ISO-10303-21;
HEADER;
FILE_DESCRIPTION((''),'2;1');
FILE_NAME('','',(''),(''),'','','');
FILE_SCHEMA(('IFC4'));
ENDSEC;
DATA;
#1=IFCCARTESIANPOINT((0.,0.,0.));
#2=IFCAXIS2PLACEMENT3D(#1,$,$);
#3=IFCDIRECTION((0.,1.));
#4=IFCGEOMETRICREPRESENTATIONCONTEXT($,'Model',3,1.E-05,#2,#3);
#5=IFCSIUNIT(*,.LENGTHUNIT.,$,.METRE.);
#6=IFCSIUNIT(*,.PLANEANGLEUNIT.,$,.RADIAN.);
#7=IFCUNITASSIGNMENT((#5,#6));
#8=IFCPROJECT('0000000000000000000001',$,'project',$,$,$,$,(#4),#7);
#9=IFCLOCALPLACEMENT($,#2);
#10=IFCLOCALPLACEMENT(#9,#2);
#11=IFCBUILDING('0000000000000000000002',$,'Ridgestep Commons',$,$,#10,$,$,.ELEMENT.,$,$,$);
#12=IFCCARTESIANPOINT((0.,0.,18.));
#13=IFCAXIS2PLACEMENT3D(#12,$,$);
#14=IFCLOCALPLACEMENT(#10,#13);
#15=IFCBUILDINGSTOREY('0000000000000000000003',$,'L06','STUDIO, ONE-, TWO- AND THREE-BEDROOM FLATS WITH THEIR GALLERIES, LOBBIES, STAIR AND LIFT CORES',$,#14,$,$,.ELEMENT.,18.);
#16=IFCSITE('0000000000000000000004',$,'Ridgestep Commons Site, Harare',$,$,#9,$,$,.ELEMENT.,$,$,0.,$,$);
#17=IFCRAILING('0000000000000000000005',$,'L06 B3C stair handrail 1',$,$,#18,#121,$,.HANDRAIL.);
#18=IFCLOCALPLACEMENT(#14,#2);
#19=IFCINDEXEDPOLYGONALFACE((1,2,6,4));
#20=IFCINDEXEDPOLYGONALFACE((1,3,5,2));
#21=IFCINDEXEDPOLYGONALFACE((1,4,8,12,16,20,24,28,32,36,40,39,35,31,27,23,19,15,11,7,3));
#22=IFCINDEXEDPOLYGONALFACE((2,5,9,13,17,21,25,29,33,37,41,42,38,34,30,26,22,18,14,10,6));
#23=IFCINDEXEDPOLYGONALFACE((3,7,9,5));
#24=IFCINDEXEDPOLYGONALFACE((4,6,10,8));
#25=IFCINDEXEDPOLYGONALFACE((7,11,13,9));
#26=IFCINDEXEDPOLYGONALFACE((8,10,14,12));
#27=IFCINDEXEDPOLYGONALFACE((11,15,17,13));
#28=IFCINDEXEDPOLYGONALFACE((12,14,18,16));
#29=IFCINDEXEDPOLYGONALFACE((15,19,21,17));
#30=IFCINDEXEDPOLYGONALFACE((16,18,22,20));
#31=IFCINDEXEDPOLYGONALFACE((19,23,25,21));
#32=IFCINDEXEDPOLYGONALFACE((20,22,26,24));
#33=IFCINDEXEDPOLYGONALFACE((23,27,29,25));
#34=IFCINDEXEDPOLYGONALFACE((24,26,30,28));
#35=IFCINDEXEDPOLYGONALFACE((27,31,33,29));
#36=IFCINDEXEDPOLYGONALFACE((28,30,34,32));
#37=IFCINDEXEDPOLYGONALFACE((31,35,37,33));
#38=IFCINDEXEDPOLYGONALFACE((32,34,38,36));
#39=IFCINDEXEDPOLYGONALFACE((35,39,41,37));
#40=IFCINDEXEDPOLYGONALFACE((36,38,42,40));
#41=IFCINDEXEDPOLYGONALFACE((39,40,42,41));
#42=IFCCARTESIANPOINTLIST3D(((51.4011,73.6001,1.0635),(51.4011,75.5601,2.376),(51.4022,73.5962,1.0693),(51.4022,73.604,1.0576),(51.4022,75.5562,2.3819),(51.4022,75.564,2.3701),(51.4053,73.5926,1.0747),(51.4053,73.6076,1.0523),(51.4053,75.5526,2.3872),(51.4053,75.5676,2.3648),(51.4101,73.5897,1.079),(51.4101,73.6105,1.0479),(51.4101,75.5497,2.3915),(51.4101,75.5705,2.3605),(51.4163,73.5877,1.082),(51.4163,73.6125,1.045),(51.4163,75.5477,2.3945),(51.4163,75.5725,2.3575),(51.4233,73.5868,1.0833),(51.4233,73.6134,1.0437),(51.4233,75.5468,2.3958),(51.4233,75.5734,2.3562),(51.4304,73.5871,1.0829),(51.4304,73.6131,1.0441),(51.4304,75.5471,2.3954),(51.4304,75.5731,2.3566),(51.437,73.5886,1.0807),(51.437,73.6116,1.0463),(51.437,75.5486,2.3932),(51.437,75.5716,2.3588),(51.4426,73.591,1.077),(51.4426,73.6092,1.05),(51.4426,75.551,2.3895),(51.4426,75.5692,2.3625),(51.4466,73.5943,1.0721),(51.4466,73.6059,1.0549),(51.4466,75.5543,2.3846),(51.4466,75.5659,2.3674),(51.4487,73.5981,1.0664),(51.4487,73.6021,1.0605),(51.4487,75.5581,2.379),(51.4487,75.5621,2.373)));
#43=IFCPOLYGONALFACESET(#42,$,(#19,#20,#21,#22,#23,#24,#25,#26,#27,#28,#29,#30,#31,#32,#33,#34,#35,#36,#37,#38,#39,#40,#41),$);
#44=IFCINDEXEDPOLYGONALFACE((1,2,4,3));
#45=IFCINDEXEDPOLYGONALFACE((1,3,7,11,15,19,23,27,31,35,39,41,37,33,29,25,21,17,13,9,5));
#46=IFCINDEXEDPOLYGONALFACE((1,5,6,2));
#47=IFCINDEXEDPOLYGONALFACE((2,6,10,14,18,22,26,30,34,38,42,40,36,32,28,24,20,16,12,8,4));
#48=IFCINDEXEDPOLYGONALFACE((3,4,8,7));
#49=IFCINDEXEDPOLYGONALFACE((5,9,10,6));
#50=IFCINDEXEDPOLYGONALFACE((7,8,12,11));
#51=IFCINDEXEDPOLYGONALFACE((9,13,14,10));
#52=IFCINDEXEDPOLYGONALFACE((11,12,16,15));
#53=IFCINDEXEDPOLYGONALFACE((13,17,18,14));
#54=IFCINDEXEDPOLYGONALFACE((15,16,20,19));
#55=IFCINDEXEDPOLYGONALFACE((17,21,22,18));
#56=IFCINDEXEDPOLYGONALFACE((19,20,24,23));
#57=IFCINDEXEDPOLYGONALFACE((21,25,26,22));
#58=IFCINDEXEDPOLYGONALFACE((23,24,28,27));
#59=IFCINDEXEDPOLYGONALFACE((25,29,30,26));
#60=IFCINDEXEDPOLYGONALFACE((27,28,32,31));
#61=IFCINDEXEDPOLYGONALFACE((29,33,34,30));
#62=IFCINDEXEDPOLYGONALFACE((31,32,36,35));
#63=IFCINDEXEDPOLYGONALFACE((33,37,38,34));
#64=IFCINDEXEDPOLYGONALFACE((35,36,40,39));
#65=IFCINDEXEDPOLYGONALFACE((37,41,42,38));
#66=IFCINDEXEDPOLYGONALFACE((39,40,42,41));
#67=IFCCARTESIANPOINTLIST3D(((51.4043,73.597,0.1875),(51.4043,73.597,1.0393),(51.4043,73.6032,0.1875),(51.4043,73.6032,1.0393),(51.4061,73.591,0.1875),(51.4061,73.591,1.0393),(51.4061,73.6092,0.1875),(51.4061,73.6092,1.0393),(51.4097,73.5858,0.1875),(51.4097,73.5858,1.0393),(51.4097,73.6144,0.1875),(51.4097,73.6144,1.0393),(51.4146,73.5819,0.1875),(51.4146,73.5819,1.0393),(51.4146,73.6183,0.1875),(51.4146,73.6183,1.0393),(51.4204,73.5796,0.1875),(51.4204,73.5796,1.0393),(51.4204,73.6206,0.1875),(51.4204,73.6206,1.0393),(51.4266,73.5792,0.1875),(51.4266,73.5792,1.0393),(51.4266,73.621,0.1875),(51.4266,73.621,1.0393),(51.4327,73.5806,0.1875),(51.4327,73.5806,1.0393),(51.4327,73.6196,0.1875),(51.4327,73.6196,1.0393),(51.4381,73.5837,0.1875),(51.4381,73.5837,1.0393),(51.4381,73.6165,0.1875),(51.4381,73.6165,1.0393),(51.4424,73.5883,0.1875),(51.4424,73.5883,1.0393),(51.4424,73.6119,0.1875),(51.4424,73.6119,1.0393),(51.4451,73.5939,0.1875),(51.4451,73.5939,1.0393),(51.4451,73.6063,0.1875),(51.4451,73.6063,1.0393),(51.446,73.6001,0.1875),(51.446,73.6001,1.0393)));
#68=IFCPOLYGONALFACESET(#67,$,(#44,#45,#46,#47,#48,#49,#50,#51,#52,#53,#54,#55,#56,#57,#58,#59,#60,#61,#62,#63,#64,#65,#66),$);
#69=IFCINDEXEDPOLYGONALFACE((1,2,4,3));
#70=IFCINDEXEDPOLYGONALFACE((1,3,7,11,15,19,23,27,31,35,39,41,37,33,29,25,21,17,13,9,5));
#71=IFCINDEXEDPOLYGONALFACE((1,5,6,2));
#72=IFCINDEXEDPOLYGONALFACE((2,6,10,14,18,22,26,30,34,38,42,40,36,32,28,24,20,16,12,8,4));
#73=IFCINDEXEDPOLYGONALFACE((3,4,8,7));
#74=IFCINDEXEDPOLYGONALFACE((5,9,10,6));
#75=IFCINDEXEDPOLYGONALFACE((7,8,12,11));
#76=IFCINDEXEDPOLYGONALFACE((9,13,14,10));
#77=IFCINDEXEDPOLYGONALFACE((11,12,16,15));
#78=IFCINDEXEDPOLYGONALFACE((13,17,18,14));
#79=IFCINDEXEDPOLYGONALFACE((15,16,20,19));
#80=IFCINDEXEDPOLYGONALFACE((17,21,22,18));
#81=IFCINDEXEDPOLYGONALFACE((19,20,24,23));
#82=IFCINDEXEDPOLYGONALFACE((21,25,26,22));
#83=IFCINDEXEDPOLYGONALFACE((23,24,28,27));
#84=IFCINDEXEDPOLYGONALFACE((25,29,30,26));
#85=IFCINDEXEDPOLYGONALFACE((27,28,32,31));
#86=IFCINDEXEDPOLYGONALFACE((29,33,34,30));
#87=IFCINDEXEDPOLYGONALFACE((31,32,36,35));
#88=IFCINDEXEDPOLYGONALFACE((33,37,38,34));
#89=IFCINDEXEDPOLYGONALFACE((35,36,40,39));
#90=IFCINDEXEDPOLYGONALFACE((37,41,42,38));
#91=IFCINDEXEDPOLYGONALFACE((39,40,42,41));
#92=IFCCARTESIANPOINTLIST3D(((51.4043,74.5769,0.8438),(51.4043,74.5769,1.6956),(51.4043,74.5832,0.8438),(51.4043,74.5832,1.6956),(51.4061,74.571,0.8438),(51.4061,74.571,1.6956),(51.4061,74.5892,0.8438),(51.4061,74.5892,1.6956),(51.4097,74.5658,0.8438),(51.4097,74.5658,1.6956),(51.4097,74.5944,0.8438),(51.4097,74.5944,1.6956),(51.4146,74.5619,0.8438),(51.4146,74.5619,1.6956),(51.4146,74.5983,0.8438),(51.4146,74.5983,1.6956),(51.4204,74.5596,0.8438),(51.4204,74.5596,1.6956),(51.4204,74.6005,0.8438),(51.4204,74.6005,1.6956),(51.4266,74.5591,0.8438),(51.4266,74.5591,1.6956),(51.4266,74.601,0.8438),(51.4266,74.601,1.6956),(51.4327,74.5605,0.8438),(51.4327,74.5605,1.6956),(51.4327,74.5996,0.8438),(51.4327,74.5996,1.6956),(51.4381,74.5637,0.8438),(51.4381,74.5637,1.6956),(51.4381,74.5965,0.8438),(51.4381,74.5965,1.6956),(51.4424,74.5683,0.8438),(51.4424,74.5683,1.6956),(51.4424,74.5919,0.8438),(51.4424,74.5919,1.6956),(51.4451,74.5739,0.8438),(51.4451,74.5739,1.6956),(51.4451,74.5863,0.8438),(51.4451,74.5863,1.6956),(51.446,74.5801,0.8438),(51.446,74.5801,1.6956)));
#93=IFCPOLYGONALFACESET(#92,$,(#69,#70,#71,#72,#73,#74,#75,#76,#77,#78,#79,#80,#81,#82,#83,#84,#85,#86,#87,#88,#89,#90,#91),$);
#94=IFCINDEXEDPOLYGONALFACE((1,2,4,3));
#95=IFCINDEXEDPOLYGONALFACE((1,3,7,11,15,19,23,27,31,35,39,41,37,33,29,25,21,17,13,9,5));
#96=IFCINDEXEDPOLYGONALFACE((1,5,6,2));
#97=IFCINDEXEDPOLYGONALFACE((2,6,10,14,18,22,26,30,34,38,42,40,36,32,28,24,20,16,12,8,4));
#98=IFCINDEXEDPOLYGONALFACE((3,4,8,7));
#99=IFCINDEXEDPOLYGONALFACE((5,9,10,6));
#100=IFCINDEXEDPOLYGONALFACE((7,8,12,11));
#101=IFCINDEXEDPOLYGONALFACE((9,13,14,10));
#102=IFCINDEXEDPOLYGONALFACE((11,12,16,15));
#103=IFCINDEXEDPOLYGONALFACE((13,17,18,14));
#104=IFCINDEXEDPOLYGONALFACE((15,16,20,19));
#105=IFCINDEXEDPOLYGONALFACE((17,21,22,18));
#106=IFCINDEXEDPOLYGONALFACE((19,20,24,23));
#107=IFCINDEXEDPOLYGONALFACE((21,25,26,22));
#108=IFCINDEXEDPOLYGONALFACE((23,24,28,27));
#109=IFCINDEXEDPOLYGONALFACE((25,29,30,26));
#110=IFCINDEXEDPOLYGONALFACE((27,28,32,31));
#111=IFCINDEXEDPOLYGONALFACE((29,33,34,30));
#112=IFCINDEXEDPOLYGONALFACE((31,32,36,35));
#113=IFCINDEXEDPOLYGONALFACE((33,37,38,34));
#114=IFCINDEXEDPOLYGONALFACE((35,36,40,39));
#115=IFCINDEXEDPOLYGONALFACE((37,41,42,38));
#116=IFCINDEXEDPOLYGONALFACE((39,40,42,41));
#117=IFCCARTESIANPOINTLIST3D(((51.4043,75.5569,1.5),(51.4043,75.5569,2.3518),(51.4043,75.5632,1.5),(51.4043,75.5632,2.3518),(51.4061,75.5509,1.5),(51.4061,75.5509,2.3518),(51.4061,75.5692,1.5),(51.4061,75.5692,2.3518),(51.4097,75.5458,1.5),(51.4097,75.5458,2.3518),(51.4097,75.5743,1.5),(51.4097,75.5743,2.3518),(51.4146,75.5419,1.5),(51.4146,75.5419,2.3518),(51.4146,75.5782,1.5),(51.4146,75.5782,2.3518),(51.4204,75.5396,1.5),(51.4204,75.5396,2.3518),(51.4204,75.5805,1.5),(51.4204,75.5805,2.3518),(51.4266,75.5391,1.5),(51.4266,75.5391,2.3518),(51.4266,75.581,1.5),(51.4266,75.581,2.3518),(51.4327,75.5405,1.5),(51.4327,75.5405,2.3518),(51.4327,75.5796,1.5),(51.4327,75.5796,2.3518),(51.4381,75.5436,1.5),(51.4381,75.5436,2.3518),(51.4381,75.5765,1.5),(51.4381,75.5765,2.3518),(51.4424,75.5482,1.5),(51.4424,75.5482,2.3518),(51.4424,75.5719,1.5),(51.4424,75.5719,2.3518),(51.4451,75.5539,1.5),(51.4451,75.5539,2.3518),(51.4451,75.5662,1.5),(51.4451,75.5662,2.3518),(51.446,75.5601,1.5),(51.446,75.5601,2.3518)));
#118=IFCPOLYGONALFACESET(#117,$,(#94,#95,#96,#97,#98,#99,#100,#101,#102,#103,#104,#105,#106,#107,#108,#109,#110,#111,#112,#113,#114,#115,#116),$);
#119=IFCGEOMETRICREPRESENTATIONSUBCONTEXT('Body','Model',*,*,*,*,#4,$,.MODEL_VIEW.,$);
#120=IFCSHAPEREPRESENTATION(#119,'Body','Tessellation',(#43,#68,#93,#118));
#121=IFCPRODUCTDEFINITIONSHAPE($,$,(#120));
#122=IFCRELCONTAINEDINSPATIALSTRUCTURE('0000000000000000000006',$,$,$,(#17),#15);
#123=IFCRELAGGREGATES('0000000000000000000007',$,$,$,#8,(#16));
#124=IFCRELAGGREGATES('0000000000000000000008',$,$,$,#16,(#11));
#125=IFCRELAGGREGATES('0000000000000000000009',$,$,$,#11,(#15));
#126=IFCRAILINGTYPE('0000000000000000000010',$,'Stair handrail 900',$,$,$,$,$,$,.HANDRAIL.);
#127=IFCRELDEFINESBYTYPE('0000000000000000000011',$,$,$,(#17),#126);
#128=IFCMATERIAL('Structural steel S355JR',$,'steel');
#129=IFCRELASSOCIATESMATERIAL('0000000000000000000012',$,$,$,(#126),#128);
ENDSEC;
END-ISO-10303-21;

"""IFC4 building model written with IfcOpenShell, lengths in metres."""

from ifc_helpers import new_model, si_unit, direction, frame, origin, origin_2d, place, context, subcontext, project, spatial, circle, extrude, material, type_object, element, save


model = new_model("IFC4")

# Units and contexts
model_context = context("Model", 3, precision=1e-05, world=origin(), true_north=direction((0.0, 1.0)))
body_context = subcontext(model_context, "Body", "Model", "MODEL_VIEW")
ifc_project = project(units=[si_unit("LENGTHUNIT", "METRE"), si_unit("PLANEANGLEUNIT", "RADIAN")], contexts=[model_context])

# Site, building, storey
site_placement = place(None, origin())
site = spatial("IfcSite", under=ifc_project, at=site_placement, Name="Ridgestep Commons Site, Harare", CompositionType="ELEMENT", RefElevation=0.0)
building_placement = place(site_placement, origin())
building = spatial("IfcBuilding", under=site, at=building_placement, Name="Ridgestep Commons", CompositionType="ELEMENT")
storey_placement = place(building_placement, frame((0.0, 0.0, 18.0)))
storey = spatial("IfcBuildingStorey", under=building, at=storey_placement, Name="L06", Description="STUDIO, ONE-, TWO- AND THREE-BEDROOM FLATS WITH THEIR GALLERIES, LOBBIES, STAIR AND LIFT CORES", CompositionType="ELEMENT", Elevation=18.0)

# Railing
ifc_material_1 = material(Name="Structural steel S355JR", Category="steel")
railing_type_1 = type_object("IfcRailingType", Name="Stair handrail 900", PredefinedType="HANDRAIL", material=ifc_material_1)
railing_1_placement = place(storey_placement, frame((51.425, 73.6001, 0.1875)))
element("IfcRailing", 1, at=railing_1_placement, inside=storey, type_object=railing_type_1, Name="L06 B3C stair handrail 1", PredefinedType="HANDRAIL", context=body_context, shape_type="SweptSolid", body=[
    extrude(circle(Radius=0.0239, at=origin_2d()), frame((0.0, 0.0, 0.876), z_axis=(0.0, 0.830902, 0.556419), x_axis=(-1.0, 0.0, 0.0)), (0.0, 0.0, 1.0), 2.3589),
    extrude(circle(Radius=0.021, at=origin_2d()), origin(), (0.0, 0.0, 1.0), 0.8518),
    extrude(circle(Radius=0.021, at=origin_2d()), frame((0.0, 0.98, 0.6562)), (0.0, 0.0, 1.0), 0.8518),
    extrude(circle(Radius=0.021, at=origin_2d()), frame((0.0, 1.96, 1.3125)), (0.0, 0.0, 1.0), 0.8518),
])

save(model, "model.ifc")
